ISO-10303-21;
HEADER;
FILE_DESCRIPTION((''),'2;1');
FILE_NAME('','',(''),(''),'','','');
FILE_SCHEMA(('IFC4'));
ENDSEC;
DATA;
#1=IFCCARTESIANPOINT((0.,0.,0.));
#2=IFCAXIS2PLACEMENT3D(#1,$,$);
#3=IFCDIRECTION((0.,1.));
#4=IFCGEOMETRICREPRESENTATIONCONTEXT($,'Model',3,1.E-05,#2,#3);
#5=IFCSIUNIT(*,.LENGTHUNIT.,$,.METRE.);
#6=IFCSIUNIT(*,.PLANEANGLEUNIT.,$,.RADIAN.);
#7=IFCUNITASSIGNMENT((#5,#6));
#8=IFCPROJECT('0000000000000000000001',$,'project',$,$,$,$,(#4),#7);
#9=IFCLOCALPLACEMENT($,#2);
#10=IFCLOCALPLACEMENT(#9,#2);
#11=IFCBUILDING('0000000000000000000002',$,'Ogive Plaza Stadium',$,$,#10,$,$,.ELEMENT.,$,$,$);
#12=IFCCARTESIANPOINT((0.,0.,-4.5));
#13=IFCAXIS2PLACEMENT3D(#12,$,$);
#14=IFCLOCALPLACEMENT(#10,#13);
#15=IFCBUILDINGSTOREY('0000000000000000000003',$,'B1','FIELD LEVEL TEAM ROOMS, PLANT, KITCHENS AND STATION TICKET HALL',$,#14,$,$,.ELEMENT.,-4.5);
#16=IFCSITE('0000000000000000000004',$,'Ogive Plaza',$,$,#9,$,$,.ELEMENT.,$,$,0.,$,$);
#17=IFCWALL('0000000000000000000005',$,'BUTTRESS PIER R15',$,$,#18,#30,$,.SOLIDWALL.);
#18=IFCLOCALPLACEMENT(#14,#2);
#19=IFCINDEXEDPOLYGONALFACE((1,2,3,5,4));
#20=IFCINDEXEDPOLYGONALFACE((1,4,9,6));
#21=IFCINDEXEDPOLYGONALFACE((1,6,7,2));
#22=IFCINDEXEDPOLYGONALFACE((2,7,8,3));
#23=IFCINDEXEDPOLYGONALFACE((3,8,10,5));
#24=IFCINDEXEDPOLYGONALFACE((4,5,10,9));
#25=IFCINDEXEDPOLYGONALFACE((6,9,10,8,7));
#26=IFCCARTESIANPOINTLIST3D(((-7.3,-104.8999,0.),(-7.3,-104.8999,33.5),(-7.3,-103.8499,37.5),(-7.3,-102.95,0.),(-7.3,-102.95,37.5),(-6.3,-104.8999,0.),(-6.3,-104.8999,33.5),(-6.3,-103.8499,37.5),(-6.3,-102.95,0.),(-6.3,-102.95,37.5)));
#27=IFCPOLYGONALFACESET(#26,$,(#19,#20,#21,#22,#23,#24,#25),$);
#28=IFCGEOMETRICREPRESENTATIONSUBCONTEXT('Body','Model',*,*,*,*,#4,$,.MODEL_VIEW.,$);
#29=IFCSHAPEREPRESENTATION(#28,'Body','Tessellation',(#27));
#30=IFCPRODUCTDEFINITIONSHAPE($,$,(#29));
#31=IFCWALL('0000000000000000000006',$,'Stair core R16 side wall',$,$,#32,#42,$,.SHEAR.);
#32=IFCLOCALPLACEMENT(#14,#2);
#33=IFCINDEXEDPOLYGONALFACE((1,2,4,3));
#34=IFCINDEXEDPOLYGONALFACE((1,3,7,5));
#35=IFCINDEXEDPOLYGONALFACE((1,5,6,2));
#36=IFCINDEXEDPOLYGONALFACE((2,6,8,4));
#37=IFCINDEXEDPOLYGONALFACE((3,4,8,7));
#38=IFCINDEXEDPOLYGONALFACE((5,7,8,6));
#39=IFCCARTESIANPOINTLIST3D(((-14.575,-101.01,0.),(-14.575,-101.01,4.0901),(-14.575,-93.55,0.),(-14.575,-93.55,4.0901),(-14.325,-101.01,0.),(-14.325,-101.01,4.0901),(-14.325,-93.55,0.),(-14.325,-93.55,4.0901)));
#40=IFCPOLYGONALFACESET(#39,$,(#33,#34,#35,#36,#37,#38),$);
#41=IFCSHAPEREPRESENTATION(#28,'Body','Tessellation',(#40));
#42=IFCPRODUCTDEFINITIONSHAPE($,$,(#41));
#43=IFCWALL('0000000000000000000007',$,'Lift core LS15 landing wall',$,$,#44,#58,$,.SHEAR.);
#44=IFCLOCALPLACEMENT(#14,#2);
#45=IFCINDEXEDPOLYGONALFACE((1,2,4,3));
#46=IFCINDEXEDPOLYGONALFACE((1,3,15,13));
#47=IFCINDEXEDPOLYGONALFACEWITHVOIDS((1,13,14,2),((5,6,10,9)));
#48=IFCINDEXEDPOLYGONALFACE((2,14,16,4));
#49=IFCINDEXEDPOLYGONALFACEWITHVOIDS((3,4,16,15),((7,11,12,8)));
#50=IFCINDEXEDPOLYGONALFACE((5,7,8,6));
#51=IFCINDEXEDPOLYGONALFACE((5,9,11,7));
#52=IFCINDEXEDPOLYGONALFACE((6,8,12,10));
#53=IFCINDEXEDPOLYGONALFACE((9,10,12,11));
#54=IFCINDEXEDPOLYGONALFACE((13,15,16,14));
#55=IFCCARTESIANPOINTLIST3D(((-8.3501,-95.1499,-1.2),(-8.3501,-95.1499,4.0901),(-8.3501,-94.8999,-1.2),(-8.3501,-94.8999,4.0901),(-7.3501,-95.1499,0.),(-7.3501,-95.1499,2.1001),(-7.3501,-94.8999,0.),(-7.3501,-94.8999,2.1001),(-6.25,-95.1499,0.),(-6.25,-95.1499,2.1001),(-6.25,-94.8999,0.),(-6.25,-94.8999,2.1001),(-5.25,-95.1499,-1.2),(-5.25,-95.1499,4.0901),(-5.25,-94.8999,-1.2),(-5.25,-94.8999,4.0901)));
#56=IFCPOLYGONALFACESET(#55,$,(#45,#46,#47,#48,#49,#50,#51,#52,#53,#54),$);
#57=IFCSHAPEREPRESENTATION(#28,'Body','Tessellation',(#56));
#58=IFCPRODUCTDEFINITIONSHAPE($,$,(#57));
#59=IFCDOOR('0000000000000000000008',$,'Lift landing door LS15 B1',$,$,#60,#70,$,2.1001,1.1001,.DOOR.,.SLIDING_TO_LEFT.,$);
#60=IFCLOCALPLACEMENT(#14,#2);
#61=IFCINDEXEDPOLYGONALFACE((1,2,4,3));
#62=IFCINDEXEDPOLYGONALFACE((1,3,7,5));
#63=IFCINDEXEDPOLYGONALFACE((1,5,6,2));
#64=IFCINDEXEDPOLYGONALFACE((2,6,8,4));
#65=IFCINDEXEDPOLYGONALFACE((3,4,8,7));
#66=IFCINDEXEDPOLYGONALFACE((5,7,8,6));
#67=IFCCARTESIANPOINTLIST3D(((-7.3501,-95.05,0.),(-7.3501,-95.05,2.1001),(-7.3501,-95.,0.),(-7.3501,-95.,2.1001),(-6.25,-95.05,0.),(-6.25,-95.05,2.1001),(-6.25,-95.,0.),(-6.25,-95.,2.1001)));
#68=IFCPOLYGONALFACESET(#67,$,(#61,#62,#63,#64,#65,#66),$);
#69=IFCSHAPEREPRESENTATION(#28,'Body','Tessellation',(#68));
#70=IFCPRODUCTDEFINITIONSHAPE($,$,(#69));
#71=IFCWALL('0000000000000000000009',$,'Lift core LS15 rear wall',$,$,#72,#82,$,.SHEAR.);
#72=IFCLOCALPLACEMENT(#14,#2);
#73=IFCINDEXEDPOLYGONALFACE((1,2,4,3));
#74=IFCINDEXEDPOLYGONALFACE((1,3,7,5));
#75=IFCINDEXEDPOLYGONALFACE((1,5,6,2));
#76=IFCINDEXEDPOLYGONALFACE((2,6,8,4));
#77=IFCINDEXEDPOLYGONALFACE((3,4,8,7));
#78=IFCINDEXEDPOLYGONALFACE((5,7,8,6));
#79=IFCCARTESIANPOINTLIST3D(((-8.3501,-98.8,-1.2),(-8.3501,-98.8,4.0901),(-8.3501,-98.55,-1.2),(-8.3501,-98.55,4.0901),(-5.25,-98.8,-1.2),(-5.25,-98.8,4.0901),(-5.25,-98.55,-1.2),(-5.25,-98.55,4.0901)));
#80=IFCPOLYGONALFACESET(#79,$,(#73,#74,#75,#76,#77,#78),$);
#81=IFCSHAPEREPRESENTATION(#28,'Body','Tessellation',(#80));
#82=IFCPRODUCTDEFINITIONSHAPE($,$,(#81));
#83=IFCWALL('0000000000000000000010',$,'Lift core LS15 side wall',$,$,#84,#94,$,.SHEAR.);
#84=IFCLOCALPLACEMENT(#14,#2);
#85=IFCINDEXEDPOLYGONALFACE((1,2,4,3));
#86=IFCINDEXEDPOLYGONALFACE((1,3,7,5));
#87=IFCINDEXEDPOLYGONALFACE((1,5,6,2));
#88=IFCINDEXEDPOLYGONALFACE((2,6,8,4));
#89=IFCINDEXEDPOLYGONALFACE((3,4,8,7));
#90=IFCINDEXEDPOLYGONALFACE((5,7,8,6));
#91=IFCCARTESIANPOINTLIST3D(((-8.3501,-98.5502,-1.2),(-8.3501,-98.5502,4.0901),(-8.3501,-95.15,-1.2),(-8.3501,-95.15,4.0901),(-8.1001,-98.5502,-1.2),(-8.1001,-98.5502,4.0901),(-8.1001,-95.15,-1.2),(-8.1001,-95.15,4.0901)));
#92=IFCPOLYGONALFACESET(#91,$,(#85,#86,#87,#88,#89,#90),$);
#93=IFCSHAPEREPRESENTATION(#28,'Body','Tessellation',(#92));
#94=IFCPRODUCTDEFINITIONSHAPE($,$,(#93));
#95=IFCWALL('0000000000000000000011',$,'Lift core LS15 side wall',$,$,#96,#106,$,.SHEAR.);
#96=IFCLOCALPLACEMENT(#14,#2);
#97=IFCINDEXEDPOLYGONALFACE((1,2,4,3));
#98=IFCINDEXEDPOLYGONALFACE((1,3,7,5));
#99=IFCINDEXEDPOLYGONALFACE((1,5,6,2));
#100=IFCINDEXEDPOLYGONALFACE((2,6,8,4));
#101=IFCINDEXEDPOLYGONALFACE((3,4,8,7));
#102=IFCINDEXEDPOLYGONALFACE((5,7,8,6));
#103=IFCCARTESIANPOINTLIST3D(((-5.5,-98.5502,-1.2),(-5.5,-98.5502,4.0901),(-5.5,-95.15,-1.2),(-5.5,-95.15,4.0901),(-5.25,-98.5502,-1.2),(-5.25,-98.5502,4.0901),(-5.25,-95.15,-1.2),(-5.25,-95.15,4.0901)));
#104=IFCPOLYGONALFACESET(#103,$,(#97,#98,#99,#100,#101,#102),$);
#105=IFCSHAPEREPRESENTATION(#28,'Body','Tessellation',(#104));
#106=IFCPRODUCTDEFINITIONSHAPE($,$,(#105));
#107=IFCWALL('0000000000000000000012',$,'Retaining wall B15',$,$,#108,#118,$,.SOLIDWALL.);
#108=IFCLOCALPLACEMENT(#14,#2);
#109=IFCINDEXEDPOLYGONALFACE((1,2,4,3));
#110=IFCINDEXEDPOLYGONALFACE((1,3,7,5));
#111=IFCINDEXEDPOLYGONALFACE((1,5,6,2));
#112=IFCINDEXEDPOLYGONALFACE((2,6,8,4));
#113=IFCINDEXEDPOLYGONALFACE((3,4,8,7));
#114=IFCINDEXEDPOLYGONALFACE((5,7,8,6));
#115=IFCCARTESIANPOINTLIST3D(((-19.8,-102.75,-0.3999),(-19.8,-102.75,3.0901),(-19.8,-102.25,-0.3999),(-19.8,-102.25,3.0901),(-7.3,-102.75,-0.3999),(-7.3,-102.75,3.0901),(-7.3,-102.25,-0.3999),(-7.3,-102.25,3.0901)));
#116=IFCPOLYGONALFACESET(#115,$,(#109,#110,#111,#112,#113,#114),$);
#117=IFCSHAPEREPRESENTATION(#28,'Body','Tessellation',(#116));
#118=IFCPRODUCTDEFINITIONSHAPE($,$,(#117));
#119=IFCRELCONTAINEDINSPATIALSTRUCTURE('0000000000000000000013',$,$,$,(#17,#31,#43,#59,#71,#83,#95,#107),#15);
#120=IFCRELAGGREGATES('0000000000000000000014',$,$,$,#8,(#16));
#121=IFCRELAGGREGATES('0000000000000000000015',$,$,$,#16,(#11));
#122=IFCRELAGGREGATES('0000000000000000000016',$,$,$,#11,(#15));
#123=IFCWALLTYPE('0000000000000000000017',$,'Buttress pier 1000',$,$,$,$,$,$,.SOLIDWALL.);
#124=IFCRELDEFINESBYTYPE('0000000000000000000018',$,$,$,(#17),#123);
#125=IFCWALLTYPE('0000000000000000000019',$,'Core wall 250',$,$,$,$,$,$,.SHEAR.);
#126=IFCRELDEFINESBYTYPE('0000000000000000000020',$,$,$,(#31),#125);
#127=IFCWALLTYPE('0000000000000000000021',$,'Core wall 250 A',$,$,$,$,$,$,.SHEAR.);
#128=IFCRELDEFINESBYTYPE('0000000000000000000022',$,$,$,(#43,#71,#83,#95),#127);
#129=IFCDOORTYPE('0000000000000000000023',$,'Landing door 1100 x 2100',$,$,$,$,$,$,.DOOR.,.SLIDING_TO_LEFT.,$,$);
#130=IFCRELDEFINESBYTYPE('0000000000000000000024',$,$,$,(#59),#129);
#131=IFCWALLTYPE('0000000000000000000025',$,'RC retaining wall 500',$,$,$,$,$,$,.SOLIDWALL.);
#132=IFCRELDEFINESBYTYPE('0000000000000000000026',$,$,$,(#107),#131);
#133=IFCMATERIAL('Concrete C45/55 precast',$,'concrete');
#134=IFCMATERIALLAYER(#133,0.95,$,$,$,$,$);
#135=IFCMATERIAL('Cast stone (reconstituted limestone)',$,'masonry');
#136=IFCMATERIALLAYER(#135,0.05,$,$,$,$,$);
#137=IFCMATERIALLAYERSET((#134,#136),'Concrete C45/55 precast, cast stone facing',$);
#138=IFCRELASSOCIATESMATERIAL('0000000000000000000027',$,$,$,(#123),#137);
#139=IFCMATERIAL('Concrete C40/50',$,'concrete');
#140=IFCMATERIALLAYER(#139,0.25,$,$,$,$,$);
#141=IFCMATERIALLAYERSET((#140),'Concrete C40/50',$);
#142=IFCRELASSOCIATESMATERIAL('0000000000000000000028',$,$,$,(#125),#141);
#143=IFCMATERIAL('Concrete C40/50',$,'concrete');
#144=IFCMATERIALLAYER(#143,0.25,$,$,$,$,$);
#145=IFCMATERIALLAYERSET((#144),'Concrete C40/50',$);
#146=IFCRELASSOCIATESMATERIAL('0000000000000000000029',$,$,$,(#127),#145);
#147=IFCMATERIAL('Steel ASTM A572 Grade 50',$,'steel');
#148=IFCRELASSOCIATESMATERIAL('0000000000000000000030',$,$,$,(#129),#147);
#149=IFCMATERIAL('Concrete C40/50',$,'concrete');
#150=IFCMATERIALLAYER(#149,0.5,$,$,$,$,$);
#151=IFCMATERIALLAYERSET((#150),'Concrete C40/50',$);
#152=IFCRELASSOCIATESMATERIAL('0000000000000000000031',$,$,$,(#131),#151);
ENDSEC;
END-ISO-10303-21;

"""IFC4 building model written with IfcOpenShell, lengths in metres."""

from ifc_helpers import new_model, si_unit, direction, frame, frame_2d, origin, place, context, subcontext, project, spatial, polyline, rectangle, outline, extrude, material, layer, layer_set, type_object, element, fill, save


model = new_model("IFC4")

# Units and contexts
model_context = context("Model", 3, precision=1e-05, world=origin(), true_north=direction((0.0, 1.0)))
body_context = subcontext(model_context, "Body", "Model", "MODEL_VIEW")
ifc_project = project(units=[si_unit("LENGTHUNIT", "METRE"), si_unit("PLANEANGLEUNIT", "RADIAN")], contexts=[model_context])

# Site, building, storey
site_placement = place(None, origin())
site = spatial("IfcSite", under=ifc_project, at=site_placement, Name="Ogive Plaza", CompositionType="ELEMENT", RefElevation=0.0)
building_placement = place(site_placement, origin())
building = spatial("IfcBuilding", under=site, at=building_placement, Name="Ogive Plaza Stadium", CompositionType="ELEMENT")
storey_placement = place(building_placement, frame((0.0, 0.0, -4.5)))
storey = spatial("IfcBuildingStorey", under=building, at=storey_placement, Name="B1", Description="FIELD LEVEL TEAM ROOMS, PLANT, KITCHENS AND STATION TICKET HALL", CompositionType="ELEMENT", Elevation=-4.5)

# Walls
ifc_material_1 = material(Name="Concrete C45/55 precast", Category="concrete")
ifc_layer_1 = layer(ifc_material_1, 0.95)
ifc_material_2 = material(Name="Cast stone (reconstituted limestone)", Category="masonry")
ifc_layer_2 = layer(ifc_material_2, 0.05)
ifc_layer_set_1 = layer_set([ifc_layer_1, ifc_layer_2], Name="Concrete C45/55 precast, cast stone facing")
wall_type_1 = type_object("IfcWallType", Name="Buttress pier 1000", PredefinedType="SOLIDWALL", material=ifc_layer_set_1)
wall_1_placement = place(storey_placement, frame((-6.8, -102.95, 0.0), z_axis=(0.0, 0.0, 1.0), x_axis=(0.0, -1.0, 0.0)))
element("IfcWall", 1, at=wall_1_placement, inside=storey, type_object=wall_type_1, Name="BUTTRESS PIER R15", PredefinedType="SOLIDWALL", context=body_context, shape_type="SweptSolid", body=[
    extrude(outline(polyline([(0.0, 0.0), (1.95, 0.0), (1.95, 33.5), (0.8999, 37.5), (0.0, 37.5), (0.0, 0.0)])), frame((0.0, 0.5, 0.0), z_axis=(0.0, -1.0, 0.0), x_axis=(1.0, 0.0, 0.0)), (0.0, 0.0, 1.0), 1.0),
])
ifc_material_3 = material(Name="Concrete C40/50", Category="concrete")
ifc_layer_3 = layer(ifc_material_3, 0.25)
ifc_layer_set_2 = layer_set([ifc_layer_3], Name="Concrete C40/50")
wall_type_2 = type_object("IfcWallType", Name="Core wall 250", PredefinedType="SHEAR", material=ifc_layer_set_2)
wall_2_placement = place(storey_placement, frame((-14.45, -93.55, 0.0), z_axis=(0.0, 0.0, 1.0), x_axis=(0.0, -1.0, 0.0)))
element("IfcWall", 2, at=wall_2_placement, inside=storey, type_object=wall_type_2, Name="Stair core R16 side wall", PredefinedType="SHEAR", context=body_context, shape_type="SweptSolid", body=[
    extrude(rectangle(XDim=7.46, YDim=0.25, at=frame_2d((3.73, 0.0))), origin(), (0.0, 0.0, 1.0), 4.0901),
])

# Wall, opening, door
ifc_material_4 = material(Name="Concrete C40/50", Category="concrete")
ifc_layer_4 = layer(ifc_material_4, 0.25)
ifc_layer_set_3 = layer_set([ifc_layer_4], Name="Concrete C40/50")
wall_type_3 = type_object("IfcWallType", Name="Core wall 250 A", PredefinedType="SHEAR", material=ifc_layer_set_3)
wall_3_placement = place(storey_placement, frame((-8.3501, -95.0249, -1.2), z_axis=(0.0, 0.0, 1.0), x_axis=(1.0, 0.0, 0.0)))
wall_3 = element("IfcWall", 3, at=wall_3_placement, inside=storey, type_object=wall_type_3, Name="Lift core LS15 landing wall", PredefinedType="SHEAR", context=body_context, shape_type="SweptSolid", body=[
    extrude(rectangle(XDim=3.1001, YDim=0.25, at=frame_2d((1.55, 0.0))), origin(), (0.0, 0.0, 1.0), 5.29),
])
opening_placement = place(wall_3_placement, frame((1.0, 0.0, 1.2)))
opening = element("IfcOpeningElement", 4, at=opening_placement, cuts=wall_3, PredefinedType="OPENING", context=body_context, shape_type="SweptSolid", body=[
    extrude(rectangle(XDim=1.1001, YDim=2.1001, at=frame_2d((0.55, 1.05))), frame((0.0, 0.125, 0.0), z_axis=(0.0, -1.0, 0.0), x_axis=(1.0, 0.0, 0.0)), (0.0, 0.0, 1.0), 0.25),
])
ifc_material_5 = material(Name="Steel ASTM A572 Grade 50", Category="steel")
door_type = type_object("IfcDoorType", Name="Landing door 1100 x 2100", OperationType="SLIDING_TO_LEFT", PredefinedType="DOOR", material=ifc_material_5)
door_placement = place(opening_placement, origin())
door = element("IfcDoor", 5, at=door_placement, inside=storey, type_object=door_type, Name="Lift landing door LS15 B1", OperationType="SLIDING_TO_LEFT", OverallHeight=2.1001, OverallWidth=1.1001, PredefinedType="DOOR", context=body_context, shape_type="SweptSolid", body=[
    extrude(rectangle(XDim=1.1001, YDim=2.1001, at=frame_2d((0.55, 1.05))), frame((0.0, 0.0249, 0.0), z_axis=(0.0, -1.0, 0.0), x_axis=(1.0, 0.0, 0.0)), (0.0, 0.0, 1.0), 0.05),
])
fill(opening, door)

# Walls
wall_4_placement = place(storey_placement, frame((-8.3501, -98.675, -1.2), z_axis=(0.0, 0.0, 1.0), x_axis=(1.0, 0.0, 0.0)))
element("IfcWall", 6, at=wall_4_placement, inside=storey, type_object=wall_type_3, Name="Lift core LS15 rear wall", PredefinedType="SHEAR", context=body_context, shape_type="SweptSolid", body=[
    extrude(rectangle(XDim=3.1001, YDim=0.25, at=frame_2d((1.55, 0.0))), origin(), (0.0, 0.0, 1.0), 5.29),
])
for number, where, z_axis, x_axis, name in (
    (7, (-8.2251, -95.1499, -1.2), (0.0, 0.0, 1.0), (0.0, -1.0, 0.0), "Lift core LS15 side wall"),
    (8, (-5.375, -95.1499, -1.2), (0.0, 0.0, 1.0), (0.0, -1.0, 0.0), "Lift core LS15 side wall"),
):
    element("IfcWall", number, at=place(storey_placement, frame(where, z_axis=z_axis, x_axis=x_axis)), inside=storey, type_object=wall_type_3, Name=name, PredefinedType="SHEAR", context=body_context, shape_type="SweptSolid", body=[
        extrude(rectangle(XDim=3.4001, YDim=0.25, at=frame_2d((1.7002, 0.0))), origin(), (0.0, 0.0, 1.0), 5.29),
    ])
ifc_material_6 = material(Name="Concrete C40/50", Category="concrete")
ifc_layer_5 = layer(ifc_material_6, 0.5)
ifc_layer_set_4 = layer_set([ifc_layer_5], Name="Concrete C40/50")
wall_type_4 = type_object("IfcWallType", Name="RC retaining wall 500", PredefinedType="SOLIDWALL", material=ifc_layer_set_4)
wall_5_placement = place(storey_placement, frame((-7.3, -102.5, -0.3999), z_axis=(0.0, 0.0, 1.0), x_axis=(-1.0, 0.0, 0.0)))
element("IfcWall", 9, at=wall_5_placement, inside=storey, type_object=wall_type_4, Name="Retaining wall B15", PredefinedType="SOLIDWALL", context=body_context, shape_type="SweptSolid", body=[
    extrude(rectangle(XDim=12.5, YDim=0.5, at=frame_2d((6.25, 0.0))), origin(), (0.0, 0.0, 1.0), 3.49),
])

save(model, "model.ifc")
